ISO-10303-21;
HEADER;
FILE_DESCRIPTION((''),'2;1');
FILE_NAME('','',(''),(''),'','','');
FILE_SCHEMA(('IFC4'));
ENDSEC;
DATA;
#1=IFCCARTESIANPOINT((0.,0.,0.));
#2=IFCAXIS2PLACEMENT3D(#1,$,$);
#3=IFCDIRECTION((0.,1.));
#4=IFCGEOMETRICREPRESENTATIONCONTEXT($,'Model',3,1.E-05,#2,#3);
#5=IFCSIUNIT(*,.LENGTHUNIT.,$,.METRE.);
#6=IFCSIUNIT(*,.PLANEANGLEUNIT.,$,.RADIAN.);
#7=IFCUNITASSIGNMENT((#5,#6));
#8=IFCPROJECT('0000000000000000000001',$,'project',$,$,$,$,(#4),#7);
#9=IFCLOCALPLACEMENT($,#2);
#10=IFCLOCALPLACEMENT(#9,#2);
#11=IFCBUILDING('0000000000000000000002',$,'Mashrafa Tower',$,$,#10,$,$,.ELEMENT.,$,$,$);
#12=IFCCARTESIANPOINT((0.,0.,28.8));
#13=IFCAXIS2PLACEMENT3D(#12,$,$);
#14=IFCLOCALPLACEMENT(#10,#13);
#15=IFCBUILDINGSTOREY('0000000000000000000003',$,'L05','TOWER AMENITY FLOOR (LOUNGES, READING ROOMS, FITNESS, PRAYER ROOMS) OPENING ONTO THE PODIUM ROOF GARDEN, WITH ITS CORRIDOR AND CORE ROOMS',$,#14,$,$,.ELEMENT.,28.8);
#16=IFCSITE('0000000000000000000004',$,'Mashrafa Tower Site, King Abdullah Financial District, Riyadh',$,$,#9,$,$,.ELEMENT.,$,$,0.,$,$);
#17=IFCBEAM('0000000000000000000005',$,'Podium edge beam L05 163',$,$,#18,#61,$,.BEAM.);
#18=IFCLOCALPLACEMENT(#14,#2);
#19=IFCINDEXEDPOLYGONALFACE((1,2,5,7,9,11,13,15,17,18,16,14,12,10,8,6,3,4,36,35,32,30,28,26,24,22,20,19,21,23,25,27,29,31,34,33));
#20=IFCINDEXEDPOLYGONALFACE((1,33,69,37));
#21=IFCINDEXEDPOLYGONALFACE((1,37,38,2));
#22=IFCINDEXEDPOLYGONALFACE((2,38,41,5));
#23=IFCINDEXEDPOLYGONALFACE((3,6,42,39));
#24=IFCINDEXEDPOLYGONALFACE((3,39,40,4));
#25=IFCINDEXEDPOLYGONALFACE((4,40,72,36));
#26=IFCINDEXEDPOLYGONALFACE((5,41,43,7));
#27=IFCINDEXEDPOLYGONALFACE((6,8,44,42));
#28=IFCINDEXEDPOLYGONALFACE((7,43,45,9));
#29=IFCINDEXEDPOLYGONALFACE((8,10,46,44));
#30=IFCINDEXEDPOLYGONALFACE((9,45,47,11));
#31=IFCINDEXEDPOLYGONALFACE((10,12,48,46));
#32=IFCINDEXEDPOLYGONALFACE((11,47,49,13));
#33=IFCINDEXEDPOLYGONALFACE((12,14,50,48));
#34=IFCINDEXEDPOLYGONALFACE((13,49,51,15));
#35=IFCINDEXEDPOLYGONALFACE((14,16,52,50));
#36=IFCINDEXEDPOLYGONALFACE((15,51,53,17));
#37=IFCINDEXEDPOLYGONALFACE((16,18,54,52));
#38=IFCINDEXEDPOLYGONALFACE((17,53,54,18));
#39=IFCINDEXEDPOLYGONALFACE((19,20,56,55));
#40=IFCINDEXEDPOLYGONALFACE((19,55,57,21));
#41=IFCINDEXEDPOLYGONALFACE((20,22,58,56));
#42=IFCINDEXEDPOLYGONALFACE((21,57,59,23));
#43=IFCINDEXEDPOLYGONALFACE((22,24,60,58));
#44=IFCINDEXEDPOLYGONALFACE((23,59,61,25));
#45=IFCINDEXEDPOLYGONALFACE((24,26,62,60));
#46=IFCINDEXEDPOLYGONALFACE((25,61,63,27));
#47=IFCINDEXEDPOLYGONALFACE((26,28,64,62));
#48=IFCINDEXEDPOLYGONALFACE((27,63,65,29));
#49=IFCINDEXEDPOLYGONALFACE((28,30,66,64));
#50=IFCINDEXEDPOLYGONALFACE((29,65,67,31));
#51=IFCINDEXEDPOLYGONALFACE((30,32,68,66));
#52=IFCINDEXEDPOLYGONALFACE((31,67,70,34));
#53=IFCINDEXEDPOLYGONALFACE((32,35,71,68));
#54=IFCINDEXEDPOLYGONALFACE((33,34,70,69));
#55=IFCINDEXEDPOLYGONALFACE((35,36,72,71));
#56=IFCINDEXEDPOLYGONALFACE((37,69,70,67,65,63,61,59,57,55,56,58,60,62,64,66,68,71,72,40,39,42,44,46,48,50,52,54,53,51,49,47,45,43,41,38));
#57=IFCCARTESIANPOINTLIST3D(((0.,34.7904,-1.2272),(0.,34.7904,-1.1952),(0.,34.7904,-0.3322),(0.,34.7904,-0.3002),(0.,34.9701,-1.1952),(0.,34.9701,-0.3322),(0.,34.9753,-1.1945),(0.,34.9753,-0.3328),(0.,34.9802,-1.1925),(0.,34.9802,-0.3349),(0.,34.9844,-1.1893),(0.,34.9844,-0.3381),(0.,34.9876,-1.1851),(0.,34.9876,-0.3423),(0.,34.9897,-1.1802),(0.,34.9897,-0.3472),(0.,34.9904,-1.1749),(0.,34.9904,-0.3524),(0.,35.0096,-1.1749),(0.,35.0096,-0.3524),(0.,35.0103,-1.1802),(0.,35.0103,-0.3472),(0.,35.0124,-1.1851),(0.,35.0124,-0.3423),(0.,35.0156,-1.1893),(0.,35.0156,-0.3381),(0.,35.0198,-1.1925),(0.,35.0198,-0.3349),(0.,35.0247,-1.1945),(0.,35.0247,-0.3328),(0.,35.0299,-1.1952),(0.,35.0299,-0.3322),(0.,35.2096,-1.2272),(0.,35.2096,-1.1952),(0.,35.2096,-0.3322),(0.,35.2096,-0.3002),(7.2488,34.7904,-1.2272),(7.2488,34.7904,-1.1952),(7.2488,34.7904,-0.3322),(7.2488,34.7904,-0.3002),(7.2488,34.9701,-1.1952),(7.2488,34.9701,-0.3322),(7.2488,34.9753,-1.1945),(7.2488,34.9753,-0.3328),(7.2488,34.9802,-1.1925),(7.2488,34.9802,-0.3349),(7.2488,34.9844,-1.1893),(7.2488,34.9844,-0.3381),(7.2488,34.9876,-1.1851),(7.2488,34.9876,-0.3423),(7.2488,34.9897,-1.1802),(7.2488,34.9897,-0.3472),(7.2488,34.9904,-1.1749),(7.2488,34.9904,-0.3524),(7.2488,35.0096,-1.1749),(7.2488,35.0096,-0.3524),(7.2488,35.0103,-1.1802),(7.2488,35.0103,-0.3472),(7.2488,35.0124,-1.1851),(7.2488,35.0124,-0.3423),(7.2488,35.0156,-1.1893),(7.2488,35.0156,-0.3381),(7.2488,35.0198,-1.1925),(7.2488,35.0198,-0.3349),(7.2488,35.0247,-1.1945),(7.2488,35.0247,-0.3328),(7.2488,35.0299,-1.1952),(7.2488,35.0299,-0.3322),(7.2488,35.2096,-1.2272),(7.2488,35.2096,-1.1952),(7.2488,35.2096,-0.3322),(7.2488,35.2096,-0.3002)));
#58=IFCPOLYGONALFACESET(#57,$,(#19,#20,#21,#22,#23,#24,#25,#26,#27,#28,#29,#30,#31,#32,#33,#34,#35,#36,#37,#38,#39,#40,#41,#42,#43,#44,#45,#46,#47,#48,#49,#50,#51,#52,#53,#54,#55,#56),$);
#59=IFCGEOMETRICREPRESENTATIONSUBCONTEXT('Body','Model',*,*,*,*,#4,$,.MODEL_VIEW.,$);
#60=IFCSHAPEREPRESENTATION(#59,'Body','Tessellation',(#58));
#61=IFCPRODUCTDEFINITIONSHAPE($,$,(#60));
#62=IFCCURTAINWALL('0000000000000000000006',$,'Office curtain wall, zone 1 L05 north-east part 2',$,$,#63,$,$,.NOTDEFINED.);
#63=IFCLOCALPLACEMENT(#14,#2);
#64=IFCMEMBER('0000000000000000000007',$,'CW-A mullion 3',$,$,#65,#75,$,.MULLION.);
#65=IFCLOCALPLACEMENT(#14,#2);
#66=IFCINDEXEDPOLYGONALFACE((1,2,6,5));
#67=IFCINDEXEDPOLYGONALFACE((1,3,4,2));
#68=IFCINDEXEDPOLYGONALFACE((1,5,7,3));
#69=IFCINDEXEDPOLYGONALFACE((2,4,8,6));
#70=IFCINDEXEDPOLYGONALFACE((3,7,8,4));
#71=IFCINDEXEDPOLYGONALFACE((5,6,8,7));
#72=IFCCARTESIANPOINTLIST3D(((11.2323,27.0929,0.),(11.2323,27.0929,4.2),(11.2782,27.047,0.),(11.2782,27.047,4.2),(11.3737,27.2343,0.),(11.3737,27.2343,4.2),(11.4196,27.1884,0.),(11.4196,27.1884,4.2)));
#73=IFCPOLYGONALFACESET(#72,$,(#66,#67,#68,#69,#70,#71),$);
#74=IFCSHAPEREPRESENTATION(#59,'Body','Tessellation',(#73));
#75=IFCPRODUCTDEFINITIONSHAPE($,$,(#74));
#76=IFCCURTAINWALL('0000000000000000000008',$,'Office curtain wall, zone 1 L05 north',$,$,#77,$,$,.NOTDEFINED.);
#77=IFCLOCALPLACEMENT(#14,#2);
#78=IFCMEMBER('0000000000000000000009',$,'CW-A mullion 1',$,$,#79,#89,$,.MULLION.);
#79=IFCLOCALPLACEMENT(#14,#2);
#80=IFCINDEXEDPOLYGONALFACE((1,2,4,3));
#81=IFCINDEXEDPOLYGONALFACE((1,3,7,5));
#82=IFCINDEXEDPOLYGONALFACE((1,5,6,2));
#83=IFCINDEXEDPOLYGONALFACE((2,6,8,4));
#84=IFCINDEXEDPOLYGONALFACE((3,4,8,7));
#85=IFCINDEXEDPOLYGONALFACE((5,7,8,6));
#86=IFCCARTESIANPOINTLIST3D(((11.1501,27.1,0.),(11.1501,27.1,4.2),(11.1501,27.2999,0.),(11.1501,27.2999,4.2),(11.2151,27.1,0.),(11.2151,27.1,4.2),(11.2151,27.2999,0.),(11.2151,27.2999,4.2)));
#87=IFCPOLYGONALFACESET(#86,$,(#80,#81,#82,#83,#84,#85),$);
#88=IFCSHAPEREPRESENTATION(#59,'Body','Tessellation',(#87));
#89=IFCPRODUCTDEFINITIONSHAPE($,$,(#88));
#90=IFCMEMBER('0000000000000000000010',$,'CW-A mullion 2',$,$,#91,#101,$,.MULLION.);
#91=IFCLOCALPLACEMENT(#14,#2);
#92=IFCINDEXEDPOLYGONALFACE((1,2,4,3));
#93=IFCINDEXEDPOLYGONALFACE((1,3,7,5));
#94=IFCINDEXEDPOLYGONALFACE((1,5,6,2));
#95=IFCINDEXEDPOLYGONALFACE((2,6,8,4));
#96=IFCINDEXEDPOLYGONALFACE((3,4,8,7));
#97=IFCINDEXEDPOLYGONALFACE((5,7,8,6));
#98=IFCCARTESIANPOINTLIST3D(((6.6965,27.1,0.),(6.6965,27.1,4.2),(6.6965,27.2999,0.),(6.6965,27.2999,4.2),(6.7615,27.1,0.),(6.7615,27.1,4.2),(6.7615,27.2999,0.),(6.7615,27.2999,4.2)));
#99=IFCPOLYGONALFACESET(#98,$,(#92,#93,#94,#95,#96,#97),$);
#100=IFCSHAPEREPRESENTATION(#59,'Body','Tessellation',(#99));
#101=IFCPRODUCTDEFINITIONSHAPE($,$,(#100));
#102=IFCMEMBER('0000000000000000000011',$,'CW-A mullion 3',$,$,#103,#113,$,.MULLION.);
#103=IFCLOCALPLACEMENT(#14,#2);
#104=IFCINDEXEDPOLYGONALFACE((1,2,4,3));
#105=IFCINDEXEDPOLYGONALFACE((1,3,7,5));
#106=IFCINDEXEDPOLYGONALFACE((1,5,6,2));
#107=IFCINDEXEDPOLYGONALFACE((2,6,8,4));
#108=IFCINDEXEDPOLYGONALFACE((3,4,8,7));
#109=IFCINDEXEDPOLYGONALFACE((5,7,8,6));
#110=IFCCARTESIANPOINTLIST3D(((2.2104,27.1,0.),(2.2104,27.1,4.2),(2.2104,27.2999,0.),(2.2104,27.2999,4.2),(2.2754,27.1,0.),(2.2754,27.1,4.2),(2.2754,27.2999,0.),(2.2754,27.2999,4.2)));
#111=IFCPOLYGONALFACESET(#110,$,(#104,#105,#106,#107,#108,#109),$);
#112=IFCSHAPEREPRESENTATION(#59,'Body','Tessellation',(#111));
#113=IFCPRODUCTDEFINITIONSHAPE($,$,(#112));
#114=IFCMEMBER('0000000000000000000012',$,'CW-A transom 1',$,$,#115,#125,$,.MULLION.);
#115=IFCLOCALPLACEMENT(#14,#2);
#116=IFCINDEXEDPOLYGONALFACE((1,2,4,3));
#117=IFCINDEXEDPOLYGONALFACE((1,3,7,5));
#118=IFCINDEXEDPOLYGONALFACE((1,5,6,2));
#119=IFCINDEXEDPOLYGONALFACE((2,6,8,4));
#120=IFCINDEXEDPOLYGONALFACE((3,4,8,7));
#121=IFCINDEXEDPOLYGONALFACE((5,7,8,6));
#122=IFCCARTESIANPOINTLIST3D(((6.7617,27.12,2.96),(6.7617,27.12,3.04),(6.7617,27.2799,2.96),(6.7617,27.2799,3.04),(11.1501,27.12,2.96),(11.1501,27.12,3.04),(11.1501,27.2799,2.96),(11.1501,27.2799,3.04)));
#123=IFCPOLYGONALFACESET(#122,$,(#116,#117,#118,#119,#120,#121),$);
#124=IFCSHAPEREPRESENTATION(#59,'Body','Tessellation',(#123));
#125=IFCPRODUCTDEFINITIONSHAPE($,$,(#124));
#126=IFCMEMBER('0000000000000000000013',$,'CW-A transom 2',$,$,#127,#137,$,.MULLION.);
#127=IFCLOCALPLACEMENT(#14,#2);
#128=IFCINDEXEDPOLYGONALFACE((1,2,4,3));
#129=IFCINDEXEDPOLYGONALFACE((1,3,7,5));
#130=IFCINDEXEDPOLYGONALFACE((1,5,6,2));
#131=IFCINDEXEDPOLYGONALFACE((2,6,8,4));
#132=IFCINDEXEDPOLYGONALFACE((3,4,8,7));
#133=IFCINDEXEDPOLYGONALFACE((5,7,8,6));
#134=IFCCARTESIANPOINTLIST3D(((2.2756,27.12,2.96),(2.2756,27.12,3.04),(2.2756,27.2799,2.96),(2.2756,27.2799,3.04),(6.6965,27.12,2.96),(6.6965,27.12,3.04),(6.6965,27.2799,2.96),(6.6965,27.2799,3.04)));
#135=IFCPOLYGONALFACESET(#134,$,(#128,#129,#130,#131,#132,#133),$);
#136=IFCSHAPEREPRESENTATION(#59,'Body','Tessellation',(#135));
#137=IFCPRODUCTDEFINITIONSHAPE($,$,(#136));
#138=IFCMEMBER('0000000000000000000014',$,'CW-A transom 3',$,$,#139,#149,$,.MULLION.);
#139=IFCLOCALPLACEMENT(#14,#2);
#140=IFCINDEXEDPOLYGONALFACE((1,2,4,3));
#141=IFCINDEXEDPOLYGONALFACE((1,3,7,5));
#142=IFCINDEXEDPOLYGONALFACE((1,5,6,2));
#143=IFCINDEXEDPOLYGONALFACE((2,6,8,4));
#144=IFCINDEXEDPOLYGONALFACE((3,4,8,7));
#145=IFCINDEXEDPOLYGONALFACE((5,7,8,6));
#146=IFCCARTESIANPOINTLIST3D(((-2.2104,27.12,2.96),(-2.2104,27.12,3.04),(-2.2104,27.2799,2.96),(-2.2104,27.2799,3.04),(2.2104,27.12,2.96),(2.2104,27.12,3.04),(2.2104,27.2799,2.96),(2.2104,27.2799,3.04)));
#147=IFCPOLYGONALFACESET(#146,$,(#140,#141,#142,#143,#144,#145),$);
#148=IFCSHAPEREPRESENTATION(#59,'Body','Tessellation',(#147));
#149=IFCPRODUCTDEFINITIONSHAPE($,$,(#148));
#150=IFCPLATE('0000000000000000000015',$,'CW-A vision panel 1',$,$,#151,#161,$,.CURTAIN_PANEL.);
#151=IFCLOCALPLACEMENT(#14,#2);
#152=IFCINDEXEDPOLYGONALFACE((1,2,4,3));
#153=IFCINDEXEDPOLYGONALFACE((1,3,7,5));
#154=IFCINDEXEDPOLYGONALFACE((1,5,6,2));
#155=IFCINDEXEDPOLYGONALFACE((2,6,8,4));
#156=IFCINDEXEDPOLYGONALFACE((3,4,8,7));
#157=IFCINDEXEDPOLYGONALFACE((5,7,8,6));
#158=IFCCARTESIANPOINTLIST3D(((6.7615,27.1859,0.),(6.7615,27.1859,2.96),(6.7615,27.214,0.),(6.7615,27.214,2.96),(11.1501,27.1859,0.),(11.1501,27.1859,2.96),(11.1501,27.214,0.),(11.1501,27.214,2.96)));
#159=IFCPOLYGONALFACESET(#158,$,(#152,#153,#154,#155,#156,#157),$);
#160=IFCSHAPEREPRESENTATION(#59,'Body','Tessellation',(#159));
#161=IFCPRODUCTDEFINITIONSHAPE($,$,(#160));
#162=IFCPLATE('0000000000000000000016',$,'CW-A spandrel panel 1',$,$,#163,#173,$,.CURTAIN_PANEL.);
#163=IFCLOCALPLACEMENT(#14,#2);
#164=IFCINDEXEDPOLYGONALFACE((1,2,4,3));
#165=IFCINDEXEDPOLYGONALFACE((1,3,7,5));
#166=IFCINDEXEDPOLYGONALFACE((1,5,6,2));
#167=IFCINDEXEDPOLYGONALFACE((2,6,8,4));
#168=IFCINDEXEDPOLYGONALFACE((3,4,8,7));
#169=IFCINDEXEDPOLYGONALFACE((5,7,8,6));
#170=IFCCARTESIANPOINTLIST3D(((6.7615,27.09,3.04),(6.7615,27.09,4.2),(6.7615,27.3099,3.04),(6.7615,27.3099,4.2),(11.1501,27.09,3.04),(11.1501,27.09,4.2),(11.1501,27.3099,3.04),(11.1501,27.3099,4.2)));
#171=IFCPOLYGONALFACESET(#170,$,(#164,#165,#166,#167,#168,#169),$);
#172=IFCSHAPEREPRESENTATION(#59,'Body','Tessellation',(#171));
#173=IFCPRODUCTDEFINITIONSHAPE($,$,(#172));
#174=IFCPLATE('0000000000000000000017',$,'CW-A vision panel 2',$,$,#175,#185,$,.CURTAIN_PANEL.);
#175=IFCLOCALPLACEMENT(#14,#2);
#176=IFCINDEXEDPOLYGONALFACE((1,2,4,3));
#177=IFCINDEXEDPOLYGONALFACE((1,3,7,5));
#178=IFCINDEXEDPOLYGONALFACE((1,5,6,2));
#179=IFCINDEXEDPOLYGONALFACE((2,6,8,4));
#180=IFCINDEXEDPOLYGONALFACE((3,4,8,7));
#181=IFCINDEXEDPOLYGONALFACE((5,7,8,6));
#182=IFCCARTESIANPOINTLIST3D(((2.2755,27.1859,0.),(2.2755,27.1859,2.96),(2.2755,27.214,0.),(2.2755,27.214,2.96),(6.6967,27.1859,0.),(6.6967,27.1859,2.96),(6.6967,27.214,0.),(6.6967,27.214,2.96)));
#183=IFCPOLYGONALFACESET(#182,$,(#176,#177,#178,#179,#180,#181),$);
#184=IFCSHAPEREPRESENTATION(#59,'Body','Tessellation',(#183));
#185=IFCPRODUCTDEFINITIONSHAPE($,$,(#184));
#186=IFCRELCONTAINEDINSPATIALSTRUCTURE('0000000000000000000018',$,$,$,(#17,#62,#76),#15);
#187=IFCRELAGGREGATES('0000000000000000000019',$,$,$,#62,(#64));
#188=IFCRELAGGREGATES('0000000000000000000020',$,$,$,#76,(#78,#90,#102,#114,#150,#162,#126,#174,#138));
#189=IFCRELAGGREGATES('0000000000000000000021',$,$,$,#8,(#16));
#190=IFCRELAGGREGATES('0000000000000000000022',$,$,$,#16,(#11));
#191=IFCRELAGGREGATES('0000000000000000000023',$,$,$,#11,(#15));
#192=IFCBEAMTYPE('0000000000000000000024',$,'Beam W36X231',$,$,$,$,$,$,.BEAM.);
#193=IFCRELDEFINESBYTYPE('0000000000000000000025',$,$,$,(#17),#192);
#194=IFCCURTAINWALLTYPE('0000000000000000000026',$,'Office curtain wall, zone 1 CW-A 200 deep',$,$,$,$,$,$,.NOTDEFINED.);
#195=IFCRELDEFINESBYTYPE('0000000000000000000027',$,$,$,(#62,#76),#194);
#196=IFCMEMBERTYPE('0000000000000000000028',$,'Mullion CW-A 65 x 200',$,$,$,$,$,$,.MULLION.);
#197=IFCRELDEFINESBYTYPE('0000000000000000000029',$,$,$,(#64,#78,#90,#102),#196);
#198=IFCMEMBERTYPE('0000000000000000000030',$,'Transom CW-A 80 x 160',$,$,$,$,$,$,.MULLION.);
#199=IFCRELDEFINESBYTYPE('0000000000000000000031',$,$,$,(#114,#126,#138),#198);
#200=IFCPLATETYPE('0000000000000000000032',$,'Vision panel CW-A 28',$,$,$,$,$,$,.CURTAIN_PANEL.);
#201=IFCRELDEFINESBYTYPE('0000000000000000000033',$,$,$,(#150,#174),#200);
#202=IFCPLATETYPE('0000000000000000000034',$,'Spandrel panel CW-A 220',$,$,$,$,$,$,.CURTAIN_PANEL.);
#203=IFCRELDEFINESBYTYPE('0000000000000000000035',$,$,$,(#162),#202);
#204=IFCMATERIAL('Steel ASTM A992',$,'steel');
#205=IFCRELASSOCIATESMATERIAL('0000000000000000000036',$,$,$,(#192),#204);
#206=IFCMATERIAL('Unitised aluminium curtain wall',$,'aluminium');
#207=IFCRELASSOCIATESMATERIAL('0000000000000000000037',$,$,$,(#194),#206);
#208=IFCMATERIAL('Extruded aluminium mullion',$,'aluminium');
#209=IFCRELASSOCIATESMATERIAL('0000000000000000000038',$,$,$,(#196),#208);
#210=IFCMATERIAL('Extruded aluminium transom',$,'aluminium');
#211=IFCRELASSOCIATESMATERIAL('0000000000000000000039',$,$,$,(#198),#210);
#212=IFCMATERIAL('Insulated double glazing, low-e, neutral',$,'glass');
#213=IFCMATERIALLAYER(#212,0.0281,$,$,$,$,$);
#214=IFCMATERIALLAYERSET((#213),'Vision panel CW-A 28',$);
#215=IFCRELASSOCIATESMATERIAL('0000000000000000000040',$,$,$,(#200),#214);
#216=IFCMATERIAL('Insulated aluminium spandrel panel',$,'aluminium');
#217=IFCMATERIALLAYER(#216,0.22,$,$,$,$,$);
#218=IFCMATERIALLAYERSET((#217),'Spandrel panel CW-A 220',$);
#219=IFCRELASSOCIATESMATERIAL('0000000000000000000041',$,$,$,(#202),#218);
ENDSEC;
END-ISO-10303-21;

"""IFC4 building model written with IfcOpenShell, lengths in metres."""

from ifc_helpers import new_model, si_unit, direction, frame, origin, origin_2d, place, context, subcontext, project, spatial, rectangle, i_section, extrude, source, transform, mapped, material, layer, layer_set, material_profile, profile_set, type_object, type_shapes, element, aggregate, save


model = new_model("IFC4")

# Units and contexts
model_context = context("Model", 3, precision=1e-05, world=origin(), true_north=direction((0.0, 1.0)))
body_context = subcontext(model_context, "Body", "Model", "MODEL_VIEW")
ifc_project = project(units=[si_unit("LENGTHUNIT", "METRE"), si_unit("PLANEANGLEUNIT", "RADIAN")], contexts=[model_context])

# Site, building, storey
site_placement = place(None, origin())
site = spatial("IfcSite", under=ifc_project, at=site_placement, Name="Mashrafa Tower Site, King Abdullah Financial District, Riyadh", CompositionType="ELEMENT", RefElevation=0.0)
building_placement = place(site_placement, origin())
building = spatial("IfcBuilding", under=site, at=building_placement, Name="Mashrafa Tower", CompositionType="ELEMENT")
storey_placement = place(building_placement, frame((0.0, 0.0, 28.8)))
storey = spatial("IfcBuildingStorey", under=building, at=storey_placement, Name="L05", Description="TOWER AMENITY FLOOR (LOUNGES, READING ROOMS, FITNESS, PRAYER ROOMS) OPENING ONTO THE PODIUM ROOF GARDEN, WITH ITS CORRIDOR AND CORE ROOMS", CompositionType="ELEMENT", Elevation=28.8)

# Beam
ifc_material_1 = material(Name="Steel ASTM A992", Category="steel")
ifc_material_profile_1 = material_profile(ifc_material_1, i_section(OverallWidth=0.4192, OverallDepth=0.927, WebThickness=0.0193, FlangeThickness=0.032, FilletRadius=0.0203, at=origin_2d()), Name="W36X231")
ifc_profile_set_1 = profile_set([ifc_material_profile_1], Name="Steel ASTM A992")
beam_type_1 = type_object("IfcBeamType", Name="Beam W36X231", PredefinedType="BEAM", material=ifc_profile_set_1)
beam_1_placement = place(storey_placement, frame((7.2488, 35.0, -0.7637), z_axis=(-1.0, 0.0, 0.0), x_axis=(0.0, -1.0, 0.0)))
element("IfcBeam", 1, at=beam_1_placement, inside=storey, type_object=beam_type_1, Name="Podium edge beam L05 163", PredefinedType="BEAM", context=body_context, shape_type="SweptSolid", body=[
    extrude(i_section(OverallWidth=0.4192, OverallDepth=0.927, WebThickness=0.0193, FlangeThickness=0.032, FilletRadius=0.0203, at=origin_2d()), origin(), (0.0, 0.0, 1.0), 7.2488),
])

# Curtain wall, member
ifc_material_2 = material(Name="Unitised aluminium curtain wall", Category="aluminium")
curtain_wall_type = type_object("IfcCurtainWallType", Name="Office curtain wall, zone 1 CW-A 200 deep", PredefinedType="NOTDEFINED", material=ifc_material_2)
curtain_wall_1_placement = place(storey_placement, origin())
curtain_wall_1 = element("IfcCurtainWall", 2, at=curtain_wall_1_placement, inside=storey, type_object=curtain_wall_type, Name="Office curtain wall, zone 1 L05 north-east part 2", PredefinedType="NOTDEFINED")
ifc_material_3 = material(Name="Extruded aluminium mullion", Category="aluminium")
ifc_material_profile_2 = material_profile(ifc_material_3, rectangle(XDim=0.2, YDim=0.0649, at=origin_2d()), Name="Mullion 65x200")
ifc_profile_set_2 = profile_set([ifc_material_profile_2], Name="Extruded aluminium mullion")
member_type_1 = type_object("IfcMemberType", Name="Mullion CW-A 65 x 200", PredefinedType="MULLION", material=ifc_profile_set_2)
shared_shape_1 = source(origin(), body_context, "Body", "SweptSolid", [
    extrude(rectangle(XDim=0.2, YDim=0.0649, at=origin_2d()), origin(), (0.0, 0.0, 1.0), 4.2),
])
type_shapes(member_type_1, [shared_shape_1])
member_1_placement = place(storey_placement, frame((11.3259, 27.1406, 0.0), z_axis=(0.0, 0.0, 1.0), x_axis=(-0.707107, -0.707107, 0.0)))
member_1 = element("IfcMember", 3, at=member_1_placement, type_object=member_type_1, Name="CW-A mullion 3", PredefinedType="MULLION", context=body_context, shape_type="MappedRepresentation", body=[
    mapped(shared_shape_1, transform((0.0, 0.0, 0.0))),
])
aggregate(curtain_wall_1, [member_1])

# Curtain wall, members, plates
curtain_wall_2_placement = place(storey_placement, origin())
curtain_wall_2 = element("IfcCurtainWall", 4, at=curtain_wall_2_placement, inside=storey, type_object=curtain_wall_type, Name="Office curtain wall, zone 1 L05 north", PredefinedType="NOTDEFINED")
member_2_placement = place(storey_placement, frame((11.1826, 27.2, 0.0), z_axis=(0.0, 0.0, 1.0), x_axis=(0.0, -1.0, 0.0)))
member_2 = element("IfcMember", 5, at=member_2_placement, type_object=member_type_1, Name="CW-A mullion 1", PredefinedType="MULLION", context=body_context, shape_type="MappedRepresentation", body=[
    mapped(shared_shape_1, transform((0.0, 0.0, 0.0))),
])
member_3_placement = place(storey_placement, frame((6.729, 27.2, 0.0), z_axis=(0.0, 0.0, 1.0), x_axis=(0.0, -1.0, 0.0)))
member_3 = element("IfcMember", 6, at=member_3_placement, type_object=member_type_1, Name="CW-A mullion 2", PredefinedType="MULLION", context=body_context, shape_type="MappedRepresentation", body=[
    mapped(shared_shape_1, transform((0.0, 0.0, 0.0))),
])
member_4_placement = place(storey_placement, frame((2.2429, 27.2, 0.0), z_axis=(0.0, 0.0, 1.0), x_axis=(0.0, -1.0, 0.0)))
member_4 = element("IfcMember", 7, at=member_4_placement, type_object=member_type_1, Name="CW-A mullion 3", PredefinedType="MULLION", context=body_context, shape_type="MappedRepresentation", body=[
    mapped(shared_shape_1, transform((0.0, 0.0, 0.0))),
])
ifc_material_4 = material(Name="Extruded aluminium transom", Category="aluminium")
ifc_material_profile_3 = material_profile(ifc_material_4, rectangle(XDim=0.1599, YDim=0.0801, at=origin_2d()), Name="Transom 80x160")
ifc_profile_set_3 = profile_set([ifc_material_profile_3], Name="Extruded aluminium transom")
member_type_2 = type_object("IfcMemberType", Name="Transom CW-A 80 x 160", PredefinedType="MULLION", material=ifc_profile_set_3)
shared_shape_2 = source(origin(), body_context, "Body", "SweptSolid", [
    extrude(rectangle(XDim=0.1599, YDim=0.0801, at=origin_2d()), origin(), (0.0, 0.0, 1.0), 4.3884),
])
member_5_placement = place(storey_placement, frame((11.1501, 27.2, 3.0), z_axis=(-1.0, 0.0, 0.0), x_axis=(0.0, -1.0, 0.0)))
member_5 = element("IfcMember", 8, at=member_5_placement, type_object=member_type_2, Name="CW-A transom 1", PredefinedType="MULLION", context=body_context, shape_type="MappedRepresentation", body=[
    mapped(shared_shape_2, transform((0.0, 0.0, 0.0))),
])
shared_shape_3 = source(origin(), body_context, "Body", "SweptSolid", [
    extrude(rectangle(XDim=0.1599, YDim=0.0801, at=origin_2d()), origin(), (0.0, 0.0, 1.0), 4.4209),
])
type_shapes(member_type_2, [shared_shape_2, shared_shape_3])
member_6_placement = place(storey_placement, frame((6.6965, 27.2, 3.0), z_axis=(-1.0, 0.0, 0.0), x_axis=(0.0, -1.0, 0.0)))
member_6 = element("IfcMember", 9, at=member_6_placement, type_object=member_type_2, Name="CW-A transom 2", PredefinedType="MULLION", context=body_context, shape_type="MappedRepresentation", body=[
    mapped(shared_shape_3, transform((0.0, 0.0, 0.0))),
])
member_7_placement = place(storey_placement, frame((2.2104, 27.2, 3.0), z_axis=(-1.0, 0.0, 0.0), x_axis=(0.0, -1.0, 0.0)))
member_7 = element("IfcMember", 10, at=member_7_placement, type_object=member_type_2, Name="CW-A transom 3", PredefinedType="MULLION", context=body_context, shape_type="MappedRepresentation", body=[
    mapped(shared_shape_3, transform((0.0, 0.0, 0.0))),
])
ifc_material_5 = material(Name="Insulated double glazing, low-e, neutral", Category="glass")
ifc_layer_1 = layer(ifc_material_5, 0.0281)
ifc_layer_set_1 = layer_set([ifc_layer_1], Name="Vision panel CW-A 28")
plate_type_1 = type_object("IfcPlateType", Name="Vision panel CW-A 28", PredefinedType="CURTAIN_PANEL", material=ifc_layer_set_1)
shared_shape_4 = source(origin(), body_context, "Body", "SweptSolid", [
    extrude(rectangle(XDim=4.3887, YDim=0.0281, at=origin_2d()), origin(), (0.0, 0.0, 1.0), 2.96),
])
plate_1_placement = place(storey_placement, frame((8.9558, 27.2, 0.0), z_axis=(0.0, 0.0, 1.0), x_axis=(-1.0, 0.0, 0.0)))
plate_1 = element("IfcPlate", 11, at=plate_1_placement, type_object=plate_type_1, Name="CW-A vision panel 1", PredefinedType="CURTAIN_PANEL", context=body_context, shape_type="MappedRepresentation", body=[
    mapped(shared_shape_4, transform((0.0, 0.0, 0.0))),
])
ifc_material_6 = material(Name="Insulated aluminium spandrel panel", Category="aluminium")
ifc_layer_2 = layer(ifc_material_6, 0.22)
ifc_layer_set_2 = layer_set([ifc_layer_2], Name="Spandrel panel CW-A 220")
plate_type_2 = type_object("IfcPlateType", Name="Spandrel panel CW-A 220", PredefinedType="CURTAIN_PANEL", material=ifc_layer_set_2)
shared_shape_5 = source(origin(), body_context, "Body", "SweptSolid", [
    extrude(rectangle(XDim=4.3887, YDim=0.22, at=origin_2d()), origin(), (0.0, 0.0, 1.0), 1.1599),
])
plate_2_placement = place(storey_placement, frame((8.9558, 27.2, 3.04), z_axis=(0.0, 0.0, 1.0), x_axis=(-1.0, 0.0, 0.0)))
plate_2 = element("IfcPlate", 12, at=plate_2_placement, type_object=plate_type_2, Name="CW-A spandrel panel 1", PredefinedType="CURTAIN_PANEL", context=body_context, shape_type="MappedRepresentation", body=[
    mapped(shared_shape_5, transform((0.0, 0.0, 0.0))),
])
shared_shape_6 = source(origin(), body_context, "Body", "SweptSolid", [
    extrude(rectangle(XDim=4.4211, YDim=0.0281, at=origin_2d()), origin(), (0.0, 0.0, 1.0), 2.96),
])
type_shapes(plate_type_1, [shared_shape_4, shared_shape_6])
plate_3_placement = place(storey_placement, frame((4.4861, 27.2, 0.0), z_axis=(0.0, 0.0, 1.0), x_axis=(-1.0, 0.0, 0.0)))
plate_3 = element("IfcPlate", 13, at=plate_3_placement, type_object=plate_type_1, Name="CW-A vision panel 2", PredefinedType="CURTAIN_PANEL", context=body_context, shape_type="MappedRepresentation", body=[
    mapped(shared_shape_6, transform((0.0, 0.0, 0.0))),
])
aggregate(curtain_wall_2, [member_2, member_3, member_4, member_5, plate_1, plate_2, member_6, plate_3, member_7])

save(model, "model.ifc")
